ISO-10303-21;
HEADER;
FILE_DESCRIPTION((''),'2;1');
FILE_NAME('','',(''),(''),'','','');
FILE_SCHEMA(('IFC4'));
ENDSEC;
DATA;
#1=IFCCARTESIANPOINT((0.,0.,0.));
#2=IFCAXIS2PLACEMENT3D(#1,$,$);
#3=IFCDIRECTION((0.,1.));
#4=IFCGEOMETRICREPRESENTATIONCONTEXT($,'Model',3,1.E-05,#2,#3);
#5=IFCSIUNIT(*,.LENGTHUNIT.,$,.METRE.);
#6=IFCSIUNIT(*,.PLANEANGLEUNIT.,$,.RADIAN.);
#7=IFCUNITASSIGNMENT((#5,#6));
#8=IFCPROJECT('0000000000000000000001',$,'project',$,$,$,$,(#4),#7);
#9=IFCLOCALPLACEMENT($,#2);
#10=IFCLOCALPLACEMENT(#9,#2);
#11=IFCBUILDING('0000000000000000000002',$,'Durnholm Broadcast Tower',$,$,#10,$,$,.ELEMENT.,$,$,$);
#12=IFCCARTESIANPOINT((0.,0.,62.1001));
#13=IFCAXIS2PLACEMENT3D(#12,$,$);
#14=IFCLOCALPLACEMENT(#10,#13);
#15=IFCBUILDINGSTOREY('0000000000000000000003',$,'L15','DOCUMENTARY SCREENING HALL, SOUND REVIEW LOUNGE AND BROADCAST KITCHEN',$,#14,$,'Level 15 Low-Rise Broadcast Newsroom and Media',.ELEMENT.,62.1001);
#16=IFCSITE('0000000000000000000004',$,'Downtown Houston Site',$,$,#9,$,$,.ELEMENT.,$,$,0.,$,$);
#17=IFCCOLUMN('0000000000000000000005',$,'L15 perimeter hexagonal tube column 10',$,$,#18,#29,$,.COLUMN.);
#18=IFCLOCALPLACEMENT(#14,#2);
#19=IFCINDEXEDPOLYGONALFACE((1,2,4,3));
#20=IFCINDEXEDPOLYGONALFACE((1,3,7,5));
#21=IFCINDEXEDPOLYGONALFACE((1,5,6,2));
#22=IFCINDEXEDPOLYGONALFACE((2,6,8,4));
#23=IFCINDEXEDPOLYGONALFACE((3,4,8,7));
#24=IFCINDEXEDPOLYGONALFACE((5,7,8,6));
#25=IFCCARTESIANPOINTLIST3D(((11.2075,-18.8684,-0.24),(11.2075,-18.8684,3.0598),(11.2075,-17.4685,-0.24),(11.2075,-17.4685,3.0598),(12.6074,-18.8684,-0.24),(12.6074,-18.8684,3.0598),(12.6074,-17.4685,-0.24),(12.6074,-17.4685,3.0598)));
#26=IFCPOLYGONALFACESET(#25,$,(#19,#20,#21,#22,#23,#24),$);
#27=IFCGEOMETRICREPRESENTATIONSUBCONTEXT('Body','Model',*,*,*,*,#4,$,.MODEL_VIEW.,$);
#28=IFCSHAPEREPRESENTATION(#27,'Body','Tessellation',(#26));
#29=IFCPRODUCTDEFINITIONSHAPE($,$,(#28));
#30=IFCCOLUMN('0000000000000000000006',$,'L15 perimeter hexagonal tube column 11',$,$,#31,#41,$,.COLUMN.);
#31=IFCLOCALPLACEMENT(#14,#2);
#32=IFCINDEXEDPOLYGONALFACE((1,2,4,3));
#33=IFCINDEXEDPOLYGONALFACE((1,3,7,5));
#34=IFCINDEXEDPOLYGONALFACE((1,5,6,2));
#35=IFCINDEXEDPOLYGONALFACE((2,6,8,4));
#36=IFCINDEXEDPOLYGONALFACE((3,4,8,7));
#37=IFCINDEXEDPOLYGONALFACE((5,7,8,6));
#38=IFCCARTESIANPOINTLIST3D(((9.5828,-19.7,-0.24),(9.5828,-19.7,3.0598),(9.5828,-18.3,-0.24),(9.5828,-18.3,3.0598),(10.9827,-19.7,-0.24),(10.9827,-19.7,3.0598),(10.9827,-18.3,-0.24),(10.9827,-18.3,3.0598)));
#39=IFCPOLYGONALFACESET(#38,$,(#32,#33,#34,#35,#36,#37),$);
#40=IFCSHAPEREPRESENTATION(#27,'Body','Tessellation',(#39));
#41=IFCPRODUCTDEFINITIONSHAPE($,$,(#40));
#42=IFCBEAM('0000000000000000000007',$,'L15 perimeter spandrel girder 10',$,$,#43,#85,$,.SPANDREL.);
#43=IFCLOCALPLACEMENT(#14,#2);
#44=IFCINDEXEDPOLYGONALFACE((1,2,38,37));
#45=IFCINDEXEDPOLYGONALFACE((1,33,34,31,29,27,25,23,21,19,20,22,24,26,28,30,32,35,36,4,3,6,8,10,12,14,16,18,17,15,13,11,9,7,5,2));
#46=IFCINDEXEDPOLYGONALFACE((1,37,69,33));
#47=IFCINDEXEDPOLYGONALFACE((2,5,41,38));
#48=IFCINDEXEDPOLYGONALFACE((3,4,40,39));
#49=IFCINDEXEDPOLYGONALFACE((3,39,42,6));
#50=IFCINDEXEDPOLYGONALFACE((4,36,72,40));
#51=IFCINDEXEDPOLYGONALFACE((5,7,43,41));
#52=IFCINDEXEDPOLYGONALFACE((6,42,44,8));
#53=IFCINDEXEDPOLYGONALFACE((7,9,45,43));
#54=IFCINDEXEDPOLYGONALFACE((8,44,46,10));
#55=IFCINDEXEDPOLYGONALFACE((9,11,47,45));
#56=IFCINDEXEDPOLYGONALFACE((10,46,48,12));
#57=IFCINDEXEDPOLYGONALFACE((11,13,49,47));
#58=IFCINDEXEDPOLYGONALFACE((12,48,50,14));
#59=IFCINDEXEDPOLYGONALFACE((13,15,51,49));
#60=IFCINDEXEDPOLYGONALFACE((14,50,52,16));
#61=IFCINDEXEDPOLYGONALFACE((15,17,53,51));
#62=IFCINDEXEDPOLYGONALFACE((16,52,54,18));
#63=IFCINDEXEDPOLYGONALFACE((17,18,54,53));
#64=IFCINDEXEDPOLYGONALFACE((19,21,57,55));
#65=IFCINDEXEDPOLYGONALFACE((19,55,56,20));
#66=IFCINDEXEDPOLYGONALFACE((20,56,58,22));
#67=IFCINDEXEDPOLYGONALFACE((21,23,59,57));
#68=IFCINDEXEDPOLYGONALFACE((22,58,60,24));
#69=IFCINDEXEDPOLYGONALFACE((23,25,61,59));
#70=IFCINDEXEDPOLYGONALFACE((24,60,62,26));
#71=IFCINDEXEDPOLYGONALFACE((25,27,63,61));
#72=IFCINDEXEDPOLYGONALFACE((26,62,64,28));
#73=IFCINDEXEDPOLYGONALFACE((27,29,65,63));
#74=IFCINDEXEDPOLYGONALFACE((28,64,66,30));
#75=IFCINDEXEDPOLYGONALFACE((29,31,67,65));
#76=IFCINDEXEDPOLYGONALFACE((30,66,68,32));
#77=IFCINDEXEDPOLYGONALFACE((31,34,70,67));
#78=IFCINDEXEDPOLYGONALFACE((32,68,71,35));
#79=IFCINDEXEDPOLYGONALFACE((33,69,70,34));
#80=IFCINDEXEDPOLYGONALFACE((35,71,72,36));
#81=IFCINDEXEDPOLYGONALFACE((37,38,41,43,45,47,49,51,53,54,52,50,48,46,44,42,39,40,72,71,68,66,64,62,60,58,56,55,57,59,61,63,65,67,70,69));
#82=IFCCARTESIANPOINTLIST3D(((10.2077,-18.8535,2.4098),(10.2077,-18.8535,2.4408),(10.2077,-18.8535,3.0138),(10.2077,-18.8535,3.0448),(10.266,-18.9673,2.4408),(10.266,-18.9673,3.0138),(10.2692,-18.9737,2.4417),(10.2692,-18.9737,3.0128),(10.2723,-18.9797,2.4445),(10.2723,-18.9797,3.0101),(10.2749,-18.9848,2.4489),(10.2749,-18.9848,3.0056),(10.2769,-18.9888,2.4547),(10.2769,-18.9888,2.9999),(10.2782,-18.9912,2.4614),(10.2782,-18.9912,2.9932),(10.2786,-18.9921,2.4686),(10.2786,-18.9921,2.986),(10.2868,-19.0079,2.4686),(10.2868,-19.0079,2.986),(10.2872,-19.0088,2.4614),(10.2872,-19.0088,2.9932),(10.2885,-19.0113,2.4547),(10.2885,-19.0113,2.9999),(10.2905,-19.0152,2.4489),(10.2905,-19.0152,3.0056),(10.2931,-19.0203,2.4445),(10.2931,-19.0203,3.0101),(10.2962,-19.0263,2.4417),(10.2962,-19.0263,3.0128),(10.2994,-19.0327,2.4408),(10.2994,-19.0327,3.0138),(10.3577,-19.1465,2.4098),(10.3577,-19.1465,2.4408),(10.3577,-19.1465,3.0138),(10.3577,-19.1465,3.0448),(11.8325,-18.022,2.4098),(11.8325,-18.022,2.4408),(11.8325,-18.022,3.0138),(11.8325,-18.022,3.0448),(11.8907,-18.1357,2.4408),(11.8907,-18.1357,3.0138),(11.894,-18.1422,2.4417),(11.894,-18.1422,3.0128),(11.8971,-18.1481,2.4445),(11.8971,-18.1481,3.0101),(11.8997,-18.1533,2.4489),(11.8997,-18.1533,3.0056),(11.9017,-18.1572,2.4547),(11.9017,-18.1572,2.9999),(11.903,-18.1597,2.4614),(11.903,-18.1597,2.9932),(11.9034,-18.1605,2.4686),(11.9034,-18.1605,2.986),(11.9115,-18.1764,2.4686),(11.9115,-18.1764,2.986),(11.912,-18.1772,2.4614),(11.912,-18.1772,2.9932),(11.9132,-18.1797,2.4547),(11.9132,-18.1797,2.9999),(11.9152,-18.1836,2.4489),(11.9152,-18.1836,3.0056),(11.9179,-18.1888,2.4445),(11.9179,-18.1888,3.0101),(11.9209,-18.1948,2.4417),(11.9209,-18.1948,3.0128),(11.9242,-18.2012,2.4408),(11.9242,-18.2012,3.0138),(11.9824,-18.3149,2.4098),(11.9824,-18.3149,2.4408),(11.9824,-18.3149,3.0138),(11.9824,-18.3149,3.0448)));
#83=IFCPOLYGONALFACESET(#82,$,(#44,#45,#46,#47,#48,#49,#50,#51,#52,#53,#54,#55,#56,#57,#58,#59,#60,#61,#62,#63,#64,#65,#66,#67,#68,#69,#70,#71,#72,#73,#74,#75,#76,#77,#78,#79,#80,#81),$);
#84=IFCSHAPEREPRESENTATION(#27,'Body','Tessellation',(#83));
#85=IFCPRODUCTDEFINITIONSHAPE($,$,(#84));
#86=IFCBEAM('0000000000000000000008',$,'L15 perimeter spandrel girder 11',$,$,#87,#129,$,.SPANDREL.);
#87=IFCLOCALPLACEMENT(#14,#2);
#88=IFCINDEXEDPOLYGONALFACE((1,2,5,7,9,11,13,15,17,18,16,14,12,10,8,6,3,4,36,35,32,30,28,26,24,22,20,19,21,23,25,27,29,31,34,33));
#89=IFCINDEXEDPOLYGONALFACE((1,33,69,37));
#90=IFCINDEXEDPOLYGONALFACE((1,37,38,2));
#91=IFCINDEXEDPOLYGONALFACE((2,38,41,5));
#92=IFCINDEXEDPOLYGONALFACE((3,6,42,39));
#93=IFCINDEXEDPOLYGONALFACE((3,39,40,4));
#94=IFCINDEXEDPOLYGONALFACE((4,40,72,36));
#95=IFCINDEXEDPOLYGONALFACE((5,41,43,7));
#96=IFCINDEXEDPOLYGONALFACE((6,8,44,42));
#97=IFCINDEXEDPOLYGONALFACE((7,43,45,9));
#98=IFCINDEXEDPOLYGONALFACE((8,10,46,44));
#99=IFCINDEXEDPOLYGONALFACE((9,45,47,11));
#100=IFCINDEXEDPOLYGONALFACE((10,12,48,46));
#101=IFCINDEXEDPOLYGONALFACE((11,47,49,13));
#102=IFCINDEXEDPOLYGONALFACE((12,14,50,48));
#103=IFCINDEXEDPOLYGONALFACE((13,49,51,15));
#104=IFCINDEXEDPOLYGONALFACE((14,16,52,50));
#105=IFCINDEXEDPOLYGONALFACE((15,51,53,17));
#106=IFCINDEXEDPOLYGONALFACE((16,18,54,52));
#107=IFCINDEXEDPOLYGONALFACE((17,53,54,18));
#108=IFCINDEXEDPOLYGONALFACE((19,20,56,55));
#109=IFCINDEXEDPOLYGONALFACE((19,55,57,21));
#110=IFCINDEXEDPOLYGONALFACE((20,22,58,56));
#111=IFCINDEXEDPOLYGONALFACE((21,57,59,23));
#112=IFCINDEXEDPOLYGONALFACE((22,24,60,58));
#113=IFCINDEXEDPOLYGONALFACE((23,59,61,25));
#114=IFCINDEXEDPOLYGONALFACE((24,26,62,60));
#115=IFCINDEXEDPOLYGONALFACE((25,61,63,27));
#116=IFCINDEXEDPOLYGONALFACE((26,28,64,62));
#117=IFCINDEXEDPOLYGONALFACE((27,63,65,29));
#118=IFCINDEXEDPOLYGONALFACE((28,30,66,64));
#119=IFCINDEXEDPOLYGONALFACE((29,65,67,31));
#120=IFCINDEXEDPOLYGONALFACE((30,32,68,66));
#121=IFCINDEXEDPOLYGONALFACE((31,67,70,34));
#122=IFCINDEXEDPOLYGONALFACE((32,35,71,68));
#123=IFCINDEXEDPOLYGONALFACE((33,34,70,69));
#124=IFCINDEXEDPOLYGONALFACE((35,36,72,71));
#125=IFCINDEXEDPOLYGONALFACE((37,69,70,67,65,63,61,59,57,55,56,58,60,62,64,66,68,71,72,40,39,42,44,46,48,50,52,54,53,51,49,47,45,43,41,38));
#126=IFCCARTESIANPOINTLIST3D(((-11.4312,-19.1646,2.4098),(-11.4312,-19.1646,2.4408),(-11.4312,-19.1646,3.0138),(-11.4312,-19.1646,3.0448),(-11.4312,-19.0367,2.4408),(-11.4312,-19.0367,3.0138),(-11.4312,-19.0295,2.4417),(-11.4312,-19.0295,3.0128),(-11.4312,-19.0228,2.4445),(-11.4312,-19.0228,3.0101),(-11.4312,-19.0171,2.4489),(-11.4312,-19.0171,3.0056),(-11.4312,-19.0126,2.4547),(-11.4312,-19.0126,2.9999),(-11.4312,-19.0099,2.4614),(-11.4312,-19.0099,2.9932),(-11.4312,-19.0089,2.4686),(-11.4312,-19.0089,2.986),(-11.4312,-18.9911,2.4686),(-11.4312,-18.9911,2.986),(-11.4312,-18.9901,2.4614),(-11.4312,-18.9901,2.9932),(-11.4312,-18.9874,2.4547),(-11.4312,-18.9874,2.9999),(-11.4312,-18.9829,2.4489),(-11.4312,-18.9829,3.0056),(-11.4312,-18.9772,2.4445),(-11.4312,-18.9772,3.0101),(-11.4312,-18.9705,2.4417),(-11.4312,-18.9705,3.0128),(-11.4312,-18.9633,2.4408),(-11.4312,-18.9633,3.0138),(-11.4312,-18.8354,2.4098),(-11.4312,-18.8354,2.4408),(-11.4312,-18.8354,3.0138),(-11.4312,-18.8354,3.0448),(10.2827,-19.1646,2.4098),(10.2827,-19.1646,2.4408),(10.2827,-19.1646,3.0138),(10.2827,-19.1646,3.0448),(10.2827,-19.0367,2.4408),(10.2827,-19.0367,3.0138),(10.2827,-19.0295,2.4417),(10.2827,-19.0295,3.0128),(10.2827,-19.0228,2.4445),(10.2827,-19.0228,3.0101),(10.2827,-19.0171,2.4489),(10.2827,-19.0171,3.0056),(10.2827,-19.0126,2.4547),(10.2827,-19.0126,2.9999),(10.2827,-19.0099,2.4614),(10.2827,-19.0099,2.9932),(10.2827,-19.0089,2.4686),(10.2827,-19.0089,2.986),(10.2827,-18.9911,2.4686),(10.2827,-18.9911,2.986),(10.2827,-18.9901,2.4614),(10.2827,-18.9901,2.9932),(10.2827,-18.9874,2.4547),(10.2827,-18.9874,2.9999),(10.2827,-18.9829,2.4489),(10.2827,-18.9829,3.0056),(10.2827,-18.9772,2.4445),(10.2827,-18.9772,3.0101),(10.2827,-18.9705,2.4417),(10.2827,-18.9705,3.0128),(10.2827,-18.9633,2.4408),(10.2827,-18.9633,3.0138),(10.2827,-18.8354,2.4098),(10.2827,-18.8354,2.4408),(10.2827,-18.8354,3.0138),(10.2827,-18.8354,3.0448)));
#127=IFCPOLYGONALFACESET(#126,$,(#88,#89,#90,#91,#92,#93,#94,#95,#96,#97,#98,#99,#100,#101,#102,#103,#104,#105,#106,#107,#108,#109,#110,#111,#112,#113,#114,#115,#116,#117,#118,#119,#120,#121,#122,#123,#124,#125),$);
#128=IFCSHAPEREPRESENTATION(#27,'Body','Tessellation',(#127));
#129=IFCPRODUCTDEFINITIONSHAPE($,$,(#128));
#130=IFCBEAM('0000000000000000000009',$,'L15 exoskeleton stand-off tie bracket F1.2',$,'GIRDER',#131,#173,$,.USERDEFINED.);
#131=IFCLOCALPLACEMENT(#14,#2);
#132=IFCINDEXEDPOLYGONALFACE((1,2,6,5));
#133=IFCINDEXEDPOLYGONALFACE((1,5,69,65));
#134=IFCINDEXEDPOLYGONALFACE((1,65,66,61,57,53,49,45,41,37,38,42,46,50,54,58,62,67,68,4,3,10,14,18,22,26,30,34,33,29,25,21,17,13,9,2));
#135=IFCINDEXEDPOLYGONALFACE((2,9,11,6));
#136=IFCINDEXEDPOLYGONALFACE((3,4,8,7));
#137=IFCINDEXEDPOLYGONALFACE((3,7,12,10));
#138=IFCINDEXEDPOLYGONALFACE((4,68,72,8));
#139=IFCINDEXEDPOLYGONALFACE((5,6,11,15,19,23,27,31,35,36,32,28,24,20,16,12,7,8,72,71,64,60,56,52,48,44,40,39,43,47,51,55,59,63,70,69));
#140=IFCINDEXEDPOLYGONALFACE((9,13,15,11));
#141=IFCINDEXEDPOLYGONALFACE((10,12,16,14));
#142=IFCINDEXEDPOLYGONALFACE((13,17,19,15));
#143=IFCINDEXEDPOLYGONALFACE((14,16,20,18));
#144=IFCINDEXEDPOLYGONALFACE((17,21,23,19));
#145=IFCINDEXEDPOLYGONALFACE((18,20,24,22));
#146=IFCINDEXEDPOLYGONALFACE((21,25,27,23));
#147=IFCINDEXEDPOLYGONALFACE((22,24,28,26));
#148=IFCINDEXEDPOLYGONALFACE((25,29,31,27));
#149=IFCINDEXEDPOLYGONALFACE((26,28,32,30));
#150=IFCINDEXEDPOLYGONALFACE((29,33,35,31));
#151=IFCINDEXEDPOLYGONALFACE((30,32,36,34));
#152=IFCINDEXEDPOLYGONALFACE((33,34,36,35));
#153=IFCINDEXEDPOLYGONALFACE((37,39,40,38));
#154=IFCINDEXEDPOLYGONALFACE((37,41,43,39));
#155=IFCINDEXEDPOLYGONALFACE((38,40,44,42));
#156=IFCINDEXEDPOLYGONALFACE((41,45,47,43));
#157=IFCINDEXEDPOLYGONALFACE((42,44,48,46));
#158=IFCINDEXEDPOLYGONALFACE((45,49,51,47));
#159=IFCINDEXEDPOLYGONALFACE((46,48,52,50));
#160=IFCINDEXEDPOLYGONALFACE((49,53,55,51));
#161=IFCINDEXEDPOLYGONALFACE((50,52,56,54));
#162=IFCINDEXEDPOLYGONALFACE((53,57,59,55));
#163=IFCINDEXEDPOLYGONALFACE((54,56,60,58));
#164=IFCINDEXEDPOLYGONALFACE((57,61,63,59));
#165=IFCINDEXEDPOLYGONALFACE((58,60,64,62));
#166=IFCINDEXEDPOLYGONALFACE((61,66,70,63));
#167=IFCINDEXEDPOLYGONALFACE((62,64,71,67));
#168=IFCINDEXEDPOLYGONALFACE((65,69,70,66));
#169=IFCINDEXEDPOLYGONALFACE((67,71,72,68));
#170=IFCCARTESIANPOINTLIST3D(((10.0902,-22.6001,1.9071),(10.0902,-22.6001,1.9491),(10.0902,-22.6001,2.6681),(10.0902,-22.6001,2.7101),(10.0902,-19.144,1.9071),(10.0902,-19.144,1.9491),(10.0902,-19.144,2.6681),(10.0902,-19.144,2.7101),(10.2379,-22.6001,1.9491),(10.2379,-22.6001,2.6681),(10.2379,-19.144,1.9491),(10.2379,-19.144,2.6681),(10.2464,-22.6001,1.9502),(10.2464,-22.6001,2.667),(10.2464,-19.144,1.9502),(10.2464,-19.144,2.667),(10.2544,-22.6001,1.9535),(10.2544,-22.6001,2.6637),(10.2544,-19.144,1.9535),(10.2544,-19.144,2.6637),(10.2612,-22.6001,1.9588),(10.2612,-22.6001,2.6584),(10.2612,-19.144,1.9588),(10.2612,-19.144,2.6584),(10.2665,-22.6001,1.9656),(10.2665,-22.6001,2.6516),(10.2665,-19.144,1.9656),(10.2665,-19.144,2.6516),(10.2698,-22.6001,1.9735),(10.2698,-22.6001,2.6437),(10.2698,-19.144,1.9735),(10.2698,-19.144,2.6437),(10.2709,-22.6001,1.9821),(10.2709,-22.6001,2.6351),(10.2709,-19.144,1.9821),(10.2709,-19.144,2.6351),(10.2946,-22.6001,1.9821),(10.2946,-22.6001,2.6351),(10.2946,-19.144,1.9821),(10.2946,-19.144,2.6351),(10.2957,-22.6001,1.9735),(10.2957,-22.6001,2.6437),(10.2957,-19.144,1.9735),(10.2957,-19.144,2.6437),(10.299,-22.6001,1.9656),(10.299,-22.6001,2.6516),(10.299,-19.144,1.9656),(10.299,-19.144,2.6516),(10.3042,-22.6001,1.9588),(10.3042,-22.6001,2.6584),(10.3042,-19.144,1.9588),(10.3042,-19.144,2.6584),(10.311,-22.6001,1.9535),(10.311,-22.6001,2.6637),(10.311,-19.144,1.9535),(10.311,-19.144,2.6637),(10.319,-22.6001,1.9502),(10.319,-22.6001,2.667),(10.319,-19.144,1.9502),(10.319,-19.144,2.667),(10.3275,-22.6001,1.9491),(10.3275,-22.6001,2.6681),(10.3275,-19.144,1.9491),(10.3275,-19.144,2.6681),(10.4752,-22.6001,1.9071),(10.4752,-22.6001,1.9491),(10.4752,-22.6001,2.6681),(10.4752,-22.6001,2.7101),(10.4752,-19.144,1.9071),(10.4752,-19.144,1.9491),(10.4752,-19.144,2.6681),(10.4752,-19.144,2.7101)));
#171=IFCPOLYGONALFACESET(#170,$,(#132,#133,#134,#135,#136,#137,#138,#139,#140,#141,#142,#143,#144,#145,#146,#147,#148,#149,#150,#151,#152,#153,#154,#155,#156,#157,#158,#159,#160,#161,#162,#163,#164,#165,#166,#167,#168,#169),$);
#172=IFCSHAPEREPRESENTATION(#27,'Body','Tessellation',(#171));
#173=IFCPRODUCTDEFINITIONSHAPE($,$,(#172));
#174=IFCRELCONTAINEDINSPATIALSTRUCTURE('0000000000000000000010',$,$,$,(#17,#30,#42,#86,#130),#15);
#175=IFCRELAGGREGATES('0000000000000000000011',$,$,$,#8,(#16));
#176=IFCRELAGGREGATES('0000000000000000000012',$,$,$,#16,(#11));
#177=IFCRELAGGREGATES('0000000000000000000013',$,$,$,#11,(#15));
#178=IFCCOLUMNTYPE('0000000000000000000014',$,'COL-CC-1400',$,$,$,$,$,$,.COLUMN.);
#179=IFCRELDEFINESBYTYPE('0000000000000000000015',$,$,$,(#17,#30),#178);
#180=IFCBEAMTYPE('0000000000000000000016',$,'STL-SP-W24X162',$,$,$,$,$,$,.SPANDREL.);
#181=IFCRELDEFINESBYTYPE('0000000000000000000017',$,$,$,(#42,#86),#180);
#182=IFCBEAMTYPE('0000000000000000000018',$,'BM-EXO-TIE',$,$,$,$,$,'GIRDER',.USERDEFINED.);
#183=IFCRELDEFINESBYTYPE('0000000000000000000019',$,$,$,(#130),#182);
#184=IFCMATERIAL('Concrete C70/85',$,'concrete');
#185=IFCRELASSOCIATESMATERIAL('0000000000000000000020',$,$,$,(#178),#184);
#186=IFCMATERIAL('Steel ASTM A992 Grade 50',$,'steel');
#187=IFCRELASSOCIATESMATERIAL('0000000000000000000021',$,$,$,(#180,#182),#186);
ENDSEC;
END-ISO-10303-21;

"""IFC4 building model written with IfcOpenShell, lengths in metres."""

from ifc_helpers import new_model, si_unit, direction, frame, origin, origin_2d, place, context, subcontext, project, spatial, rectangle, i_section, extrude, source, transform, mapped, material, material_profile, profile_set, type_object, type_shapes, element, save


model = new_model("IFC4")

# Units and contexts
model_context = context("Model", 3, precision=1e-05, world=origin(), true_north=direction((0.0, 1.0)))
body_context = subcontext(model_context, "Body", "Model", "MODEL_VIEW")
ifc_project = project(units=[si_unit("LENGTHUNIT", "METRE"), si_unit("PLANEANGLEUNIT", "RADIAN")], contexts=[model_context])

# Site, building, storey
site_placement = place(None, origin())
site = spatial("IfcSite", under=ifc_project, at=site_placement, Name="Downtown Houston Site", CompositionType="ELEMENT", RefElevation=0.0)
building_placement = place(site_placement, origin())
building = spatial("IfcBuilding", under=site, at=building_placement, Name="Durnholm Broadcast Tower", CompositionType="ELEMENT")
storey_placement = place(building_placement, frame((0.0, 0.0, 62.1001)))
storey = spatial("IfcBuildingStorey", under=building, at=storey_placement, Name="L15", Description="DOCUMENTARY SCREENING HALL, SOUND REVIEW LOUNGE AND BROADCAST KITCHEN", LongName="Level 15 Low-Rise Broadcast Newsroom and Media", CompositionType="ELEMENT", Elevation=62.1001)

# Columns
ifc_material_1 = material(Name="Concrete C70/85", Category="concrete")
ifc_material_profile_1 = material_profile(ifc_material_1, rectangle(XDim=1.3999, YDim=1.3999, at=origin_2d()), Name="RC1400X1400")
ifc_profile_set_1 = profile_set([ifc_material_profile_1], Name="Concrete C70/85")
column_type = type_object("IfcColumnType", Name="COL-CC-1400", PredefinedType="COLUMN", material=ifc_profile_set_1)
shared_shape_1 = source(origin(), body_context, "Body", "SweptSolid", [
    extrude(rectangle(XDim=1.3999, YDim=1.3999, at=origin_2d()), origin(), (0.0, 0.0, 1.0), 3.2998),
])
type_shapes(column_type, [shared_shape_1])
for number, where, z_axis, x_axis, name in (
    (1, (11.9075, -18.1685, -0.24), (0.0, 0.0, 1.0), (1.0, 0.0, 0.0), "L15 perimeter hexagonal tube column 10"),
    (2, (10.2827, -19.0, -0.24), (0.0, 0.0, 1.0), (1.0, 0.0, 0.0), "L15 perimeter hexagonal tube column 11"),
):
    element("IfcColumn", number, at=place(storey_placement, frame(where, z_axis=z_axis, x_axis=x_axis)), inside=storey, type_object=column_type, Name=name, PredefinedType="COLUMN", context=body_context, shape_type="MappedRepresentation", body=[
        mapped(shared_shape_1, transform((0.0, 0.0, 0.0), x_axis=(1.0, 0.0, 0.0), y_axis=(0.0, 1.0, 0.0), z_axis=(0.0, 0.0, 1.0), scale=1.0)),
    ])

# Beams
ifc_material_2 = material(Name="Steel ASTM A992 Grade 50", Category="steel")
ifc_material_profile_2 = material_profile(ifc_material_2, i_section(OverallWidth=0.3291, OverallDepth=0.635, WebThickness=0.0178, FlangeThickness=0.031, FilletRadius=0.0278, at=origin_2d()), Name="W24X162")
ifc_profile_set_2 = profile_set([ifc_material_profile_2], Name="Steel ASTM A992 Grade 50")
beam_type_1 = type_object("IfcBeamType", Name="STL-SP-W24X162", PredefinedType="SPANDREL", material=ifc_profile_set_2)
shared_shape_2 = source(origin(), body_context, "Body", "SweptSolid", [
    extrude(i_section(OverallWidth=0.3291, OverallDepth=0.635, WebThickness=0.0178, FlangeThickness=0.031, FilletRadius=0.0278, at=origin_2d()), origin(), (0.0, 0.0, 1.0), 1.8252),
])
beam_1_placement = place(storey_placement, frame((11.9075, -18.1685, 2.7273), z_axis=(-0.890188, -0.455594, 0.0), x_axis=(0.455594, -0.890188, 0.0)))
element("IfcBeam", 3, at=beam_1_placement, inside=storey, type_object=beam_type_1, Name="L15 perimeter spandrel girder 10", PredefinedType="SPANDREL", context=body_context, shape_type="MappedRepresentation", body=[
    mapped(shared_shape_2, transform((0.0, 0.0, 0.0), x_axis=(1.0, 0.0, 0.0), y_axis=(0.0, 1.0, 0.0), z_axis=(0.0, 0.0, 1.0), scale=1.0)),
])
shared_shape_3 = source(origin(), body_context, "Body", "SweptSolid", [
    extrude(i_section(OverallWidth=0.3291, OverallDepth=0.635, WebThickness=0.0178, FlangeThickness=0.031, FilletRadius=0.0278, at=origin_2d()), origin(), (0.0, 0.0, 1.0), 21.7139),
])
type_shapes(beam_type_1, [shared_shape_2, shared_shape_3])
beam_2_placement = place(storey_placement, frame((10.2827, -19.0, 2.7273), z_axis=(-1.0, 0.0, 0.0), x_axis=(0.0, -1.0, 0.0)))
element("IfcBeam", 4, at=beam_2_placement, inside=storey, type_object=beam_type_1, Name="L15 perimeter spandrel girder 11", PredefinedType="SPANDREL", context=body_context, shape_type="MappedRepresentation", body=[
    mapped(shared_shape_3, transform((0.0, 0.0, 0.0), x_axis=(1.0, 0.0, 0.0), y_axis=(0.0, 1.0, 0.0), z_axis=(0.0, 0.0, 1.0), scale=1.0)),
])
ifc_material_profile_3 = material_profile(ifc_material_2, i_section(OverallWidth=0.385, OverallDepth=0.803, WebThickness=0.0237, FlangeThickness=0.042, FilletRadius=0.033, at=origin_2d()), Name="W30X261")
ifc_profile_set_3 = profile_set([ifc_material_profile_3], Name="Steel ASTM A992 Grade 50")
beam_type_2 = type_object("IfcBeamType", Name="BM-EXO-TIE", ElementType="GIRDER", PredefinedType="USERDEFINED", material=ifc_profile_set_3)
shared_shape_4 = source(origin(), body_context, "Body", "SweptSolid", [
    extrude(i_section(OverallWidth=0.385, OverallDepth=0.803, WebThickness=0.0237, FlangeThickness=0.042, FilletRadius=0.033, at=origin_2d()), origin(), (0.0, 0.0, 1.0), 3.4561),
])
type_shapes(beam_type_2, [shared_shape_4])
for number, where, z_axis, x_axis, name in (
    (5, (10.2827, -19.144, 2.3086), (0.0, -1.0, 0.0), (1.0, 0.0, 0.0), "L15 exoskeleton stand-off tie bracket F1.2"),
):
    element("IfcBeam", number, at=place(storey_placement, frame(where, z_axis=z_axis, x_axis=x_axis)), inside=storey, type_object=beam_type_2, Name=name, ObjectType="GIRDER", PredefinedType="USERDEFINED", context=body_context, shape_type="MappedRepresentation", body=[
        mapped(shared_shape_4, transform((0.0, 0.0, 0.0), x_axis=(1.0, 0.0, 0.0), y_axis=(0.0, 1.0, 0.0), z_axis=(0.0, 0.0, 1.0), scale=1.0)),
    ])

save(model, "model.ifc")
